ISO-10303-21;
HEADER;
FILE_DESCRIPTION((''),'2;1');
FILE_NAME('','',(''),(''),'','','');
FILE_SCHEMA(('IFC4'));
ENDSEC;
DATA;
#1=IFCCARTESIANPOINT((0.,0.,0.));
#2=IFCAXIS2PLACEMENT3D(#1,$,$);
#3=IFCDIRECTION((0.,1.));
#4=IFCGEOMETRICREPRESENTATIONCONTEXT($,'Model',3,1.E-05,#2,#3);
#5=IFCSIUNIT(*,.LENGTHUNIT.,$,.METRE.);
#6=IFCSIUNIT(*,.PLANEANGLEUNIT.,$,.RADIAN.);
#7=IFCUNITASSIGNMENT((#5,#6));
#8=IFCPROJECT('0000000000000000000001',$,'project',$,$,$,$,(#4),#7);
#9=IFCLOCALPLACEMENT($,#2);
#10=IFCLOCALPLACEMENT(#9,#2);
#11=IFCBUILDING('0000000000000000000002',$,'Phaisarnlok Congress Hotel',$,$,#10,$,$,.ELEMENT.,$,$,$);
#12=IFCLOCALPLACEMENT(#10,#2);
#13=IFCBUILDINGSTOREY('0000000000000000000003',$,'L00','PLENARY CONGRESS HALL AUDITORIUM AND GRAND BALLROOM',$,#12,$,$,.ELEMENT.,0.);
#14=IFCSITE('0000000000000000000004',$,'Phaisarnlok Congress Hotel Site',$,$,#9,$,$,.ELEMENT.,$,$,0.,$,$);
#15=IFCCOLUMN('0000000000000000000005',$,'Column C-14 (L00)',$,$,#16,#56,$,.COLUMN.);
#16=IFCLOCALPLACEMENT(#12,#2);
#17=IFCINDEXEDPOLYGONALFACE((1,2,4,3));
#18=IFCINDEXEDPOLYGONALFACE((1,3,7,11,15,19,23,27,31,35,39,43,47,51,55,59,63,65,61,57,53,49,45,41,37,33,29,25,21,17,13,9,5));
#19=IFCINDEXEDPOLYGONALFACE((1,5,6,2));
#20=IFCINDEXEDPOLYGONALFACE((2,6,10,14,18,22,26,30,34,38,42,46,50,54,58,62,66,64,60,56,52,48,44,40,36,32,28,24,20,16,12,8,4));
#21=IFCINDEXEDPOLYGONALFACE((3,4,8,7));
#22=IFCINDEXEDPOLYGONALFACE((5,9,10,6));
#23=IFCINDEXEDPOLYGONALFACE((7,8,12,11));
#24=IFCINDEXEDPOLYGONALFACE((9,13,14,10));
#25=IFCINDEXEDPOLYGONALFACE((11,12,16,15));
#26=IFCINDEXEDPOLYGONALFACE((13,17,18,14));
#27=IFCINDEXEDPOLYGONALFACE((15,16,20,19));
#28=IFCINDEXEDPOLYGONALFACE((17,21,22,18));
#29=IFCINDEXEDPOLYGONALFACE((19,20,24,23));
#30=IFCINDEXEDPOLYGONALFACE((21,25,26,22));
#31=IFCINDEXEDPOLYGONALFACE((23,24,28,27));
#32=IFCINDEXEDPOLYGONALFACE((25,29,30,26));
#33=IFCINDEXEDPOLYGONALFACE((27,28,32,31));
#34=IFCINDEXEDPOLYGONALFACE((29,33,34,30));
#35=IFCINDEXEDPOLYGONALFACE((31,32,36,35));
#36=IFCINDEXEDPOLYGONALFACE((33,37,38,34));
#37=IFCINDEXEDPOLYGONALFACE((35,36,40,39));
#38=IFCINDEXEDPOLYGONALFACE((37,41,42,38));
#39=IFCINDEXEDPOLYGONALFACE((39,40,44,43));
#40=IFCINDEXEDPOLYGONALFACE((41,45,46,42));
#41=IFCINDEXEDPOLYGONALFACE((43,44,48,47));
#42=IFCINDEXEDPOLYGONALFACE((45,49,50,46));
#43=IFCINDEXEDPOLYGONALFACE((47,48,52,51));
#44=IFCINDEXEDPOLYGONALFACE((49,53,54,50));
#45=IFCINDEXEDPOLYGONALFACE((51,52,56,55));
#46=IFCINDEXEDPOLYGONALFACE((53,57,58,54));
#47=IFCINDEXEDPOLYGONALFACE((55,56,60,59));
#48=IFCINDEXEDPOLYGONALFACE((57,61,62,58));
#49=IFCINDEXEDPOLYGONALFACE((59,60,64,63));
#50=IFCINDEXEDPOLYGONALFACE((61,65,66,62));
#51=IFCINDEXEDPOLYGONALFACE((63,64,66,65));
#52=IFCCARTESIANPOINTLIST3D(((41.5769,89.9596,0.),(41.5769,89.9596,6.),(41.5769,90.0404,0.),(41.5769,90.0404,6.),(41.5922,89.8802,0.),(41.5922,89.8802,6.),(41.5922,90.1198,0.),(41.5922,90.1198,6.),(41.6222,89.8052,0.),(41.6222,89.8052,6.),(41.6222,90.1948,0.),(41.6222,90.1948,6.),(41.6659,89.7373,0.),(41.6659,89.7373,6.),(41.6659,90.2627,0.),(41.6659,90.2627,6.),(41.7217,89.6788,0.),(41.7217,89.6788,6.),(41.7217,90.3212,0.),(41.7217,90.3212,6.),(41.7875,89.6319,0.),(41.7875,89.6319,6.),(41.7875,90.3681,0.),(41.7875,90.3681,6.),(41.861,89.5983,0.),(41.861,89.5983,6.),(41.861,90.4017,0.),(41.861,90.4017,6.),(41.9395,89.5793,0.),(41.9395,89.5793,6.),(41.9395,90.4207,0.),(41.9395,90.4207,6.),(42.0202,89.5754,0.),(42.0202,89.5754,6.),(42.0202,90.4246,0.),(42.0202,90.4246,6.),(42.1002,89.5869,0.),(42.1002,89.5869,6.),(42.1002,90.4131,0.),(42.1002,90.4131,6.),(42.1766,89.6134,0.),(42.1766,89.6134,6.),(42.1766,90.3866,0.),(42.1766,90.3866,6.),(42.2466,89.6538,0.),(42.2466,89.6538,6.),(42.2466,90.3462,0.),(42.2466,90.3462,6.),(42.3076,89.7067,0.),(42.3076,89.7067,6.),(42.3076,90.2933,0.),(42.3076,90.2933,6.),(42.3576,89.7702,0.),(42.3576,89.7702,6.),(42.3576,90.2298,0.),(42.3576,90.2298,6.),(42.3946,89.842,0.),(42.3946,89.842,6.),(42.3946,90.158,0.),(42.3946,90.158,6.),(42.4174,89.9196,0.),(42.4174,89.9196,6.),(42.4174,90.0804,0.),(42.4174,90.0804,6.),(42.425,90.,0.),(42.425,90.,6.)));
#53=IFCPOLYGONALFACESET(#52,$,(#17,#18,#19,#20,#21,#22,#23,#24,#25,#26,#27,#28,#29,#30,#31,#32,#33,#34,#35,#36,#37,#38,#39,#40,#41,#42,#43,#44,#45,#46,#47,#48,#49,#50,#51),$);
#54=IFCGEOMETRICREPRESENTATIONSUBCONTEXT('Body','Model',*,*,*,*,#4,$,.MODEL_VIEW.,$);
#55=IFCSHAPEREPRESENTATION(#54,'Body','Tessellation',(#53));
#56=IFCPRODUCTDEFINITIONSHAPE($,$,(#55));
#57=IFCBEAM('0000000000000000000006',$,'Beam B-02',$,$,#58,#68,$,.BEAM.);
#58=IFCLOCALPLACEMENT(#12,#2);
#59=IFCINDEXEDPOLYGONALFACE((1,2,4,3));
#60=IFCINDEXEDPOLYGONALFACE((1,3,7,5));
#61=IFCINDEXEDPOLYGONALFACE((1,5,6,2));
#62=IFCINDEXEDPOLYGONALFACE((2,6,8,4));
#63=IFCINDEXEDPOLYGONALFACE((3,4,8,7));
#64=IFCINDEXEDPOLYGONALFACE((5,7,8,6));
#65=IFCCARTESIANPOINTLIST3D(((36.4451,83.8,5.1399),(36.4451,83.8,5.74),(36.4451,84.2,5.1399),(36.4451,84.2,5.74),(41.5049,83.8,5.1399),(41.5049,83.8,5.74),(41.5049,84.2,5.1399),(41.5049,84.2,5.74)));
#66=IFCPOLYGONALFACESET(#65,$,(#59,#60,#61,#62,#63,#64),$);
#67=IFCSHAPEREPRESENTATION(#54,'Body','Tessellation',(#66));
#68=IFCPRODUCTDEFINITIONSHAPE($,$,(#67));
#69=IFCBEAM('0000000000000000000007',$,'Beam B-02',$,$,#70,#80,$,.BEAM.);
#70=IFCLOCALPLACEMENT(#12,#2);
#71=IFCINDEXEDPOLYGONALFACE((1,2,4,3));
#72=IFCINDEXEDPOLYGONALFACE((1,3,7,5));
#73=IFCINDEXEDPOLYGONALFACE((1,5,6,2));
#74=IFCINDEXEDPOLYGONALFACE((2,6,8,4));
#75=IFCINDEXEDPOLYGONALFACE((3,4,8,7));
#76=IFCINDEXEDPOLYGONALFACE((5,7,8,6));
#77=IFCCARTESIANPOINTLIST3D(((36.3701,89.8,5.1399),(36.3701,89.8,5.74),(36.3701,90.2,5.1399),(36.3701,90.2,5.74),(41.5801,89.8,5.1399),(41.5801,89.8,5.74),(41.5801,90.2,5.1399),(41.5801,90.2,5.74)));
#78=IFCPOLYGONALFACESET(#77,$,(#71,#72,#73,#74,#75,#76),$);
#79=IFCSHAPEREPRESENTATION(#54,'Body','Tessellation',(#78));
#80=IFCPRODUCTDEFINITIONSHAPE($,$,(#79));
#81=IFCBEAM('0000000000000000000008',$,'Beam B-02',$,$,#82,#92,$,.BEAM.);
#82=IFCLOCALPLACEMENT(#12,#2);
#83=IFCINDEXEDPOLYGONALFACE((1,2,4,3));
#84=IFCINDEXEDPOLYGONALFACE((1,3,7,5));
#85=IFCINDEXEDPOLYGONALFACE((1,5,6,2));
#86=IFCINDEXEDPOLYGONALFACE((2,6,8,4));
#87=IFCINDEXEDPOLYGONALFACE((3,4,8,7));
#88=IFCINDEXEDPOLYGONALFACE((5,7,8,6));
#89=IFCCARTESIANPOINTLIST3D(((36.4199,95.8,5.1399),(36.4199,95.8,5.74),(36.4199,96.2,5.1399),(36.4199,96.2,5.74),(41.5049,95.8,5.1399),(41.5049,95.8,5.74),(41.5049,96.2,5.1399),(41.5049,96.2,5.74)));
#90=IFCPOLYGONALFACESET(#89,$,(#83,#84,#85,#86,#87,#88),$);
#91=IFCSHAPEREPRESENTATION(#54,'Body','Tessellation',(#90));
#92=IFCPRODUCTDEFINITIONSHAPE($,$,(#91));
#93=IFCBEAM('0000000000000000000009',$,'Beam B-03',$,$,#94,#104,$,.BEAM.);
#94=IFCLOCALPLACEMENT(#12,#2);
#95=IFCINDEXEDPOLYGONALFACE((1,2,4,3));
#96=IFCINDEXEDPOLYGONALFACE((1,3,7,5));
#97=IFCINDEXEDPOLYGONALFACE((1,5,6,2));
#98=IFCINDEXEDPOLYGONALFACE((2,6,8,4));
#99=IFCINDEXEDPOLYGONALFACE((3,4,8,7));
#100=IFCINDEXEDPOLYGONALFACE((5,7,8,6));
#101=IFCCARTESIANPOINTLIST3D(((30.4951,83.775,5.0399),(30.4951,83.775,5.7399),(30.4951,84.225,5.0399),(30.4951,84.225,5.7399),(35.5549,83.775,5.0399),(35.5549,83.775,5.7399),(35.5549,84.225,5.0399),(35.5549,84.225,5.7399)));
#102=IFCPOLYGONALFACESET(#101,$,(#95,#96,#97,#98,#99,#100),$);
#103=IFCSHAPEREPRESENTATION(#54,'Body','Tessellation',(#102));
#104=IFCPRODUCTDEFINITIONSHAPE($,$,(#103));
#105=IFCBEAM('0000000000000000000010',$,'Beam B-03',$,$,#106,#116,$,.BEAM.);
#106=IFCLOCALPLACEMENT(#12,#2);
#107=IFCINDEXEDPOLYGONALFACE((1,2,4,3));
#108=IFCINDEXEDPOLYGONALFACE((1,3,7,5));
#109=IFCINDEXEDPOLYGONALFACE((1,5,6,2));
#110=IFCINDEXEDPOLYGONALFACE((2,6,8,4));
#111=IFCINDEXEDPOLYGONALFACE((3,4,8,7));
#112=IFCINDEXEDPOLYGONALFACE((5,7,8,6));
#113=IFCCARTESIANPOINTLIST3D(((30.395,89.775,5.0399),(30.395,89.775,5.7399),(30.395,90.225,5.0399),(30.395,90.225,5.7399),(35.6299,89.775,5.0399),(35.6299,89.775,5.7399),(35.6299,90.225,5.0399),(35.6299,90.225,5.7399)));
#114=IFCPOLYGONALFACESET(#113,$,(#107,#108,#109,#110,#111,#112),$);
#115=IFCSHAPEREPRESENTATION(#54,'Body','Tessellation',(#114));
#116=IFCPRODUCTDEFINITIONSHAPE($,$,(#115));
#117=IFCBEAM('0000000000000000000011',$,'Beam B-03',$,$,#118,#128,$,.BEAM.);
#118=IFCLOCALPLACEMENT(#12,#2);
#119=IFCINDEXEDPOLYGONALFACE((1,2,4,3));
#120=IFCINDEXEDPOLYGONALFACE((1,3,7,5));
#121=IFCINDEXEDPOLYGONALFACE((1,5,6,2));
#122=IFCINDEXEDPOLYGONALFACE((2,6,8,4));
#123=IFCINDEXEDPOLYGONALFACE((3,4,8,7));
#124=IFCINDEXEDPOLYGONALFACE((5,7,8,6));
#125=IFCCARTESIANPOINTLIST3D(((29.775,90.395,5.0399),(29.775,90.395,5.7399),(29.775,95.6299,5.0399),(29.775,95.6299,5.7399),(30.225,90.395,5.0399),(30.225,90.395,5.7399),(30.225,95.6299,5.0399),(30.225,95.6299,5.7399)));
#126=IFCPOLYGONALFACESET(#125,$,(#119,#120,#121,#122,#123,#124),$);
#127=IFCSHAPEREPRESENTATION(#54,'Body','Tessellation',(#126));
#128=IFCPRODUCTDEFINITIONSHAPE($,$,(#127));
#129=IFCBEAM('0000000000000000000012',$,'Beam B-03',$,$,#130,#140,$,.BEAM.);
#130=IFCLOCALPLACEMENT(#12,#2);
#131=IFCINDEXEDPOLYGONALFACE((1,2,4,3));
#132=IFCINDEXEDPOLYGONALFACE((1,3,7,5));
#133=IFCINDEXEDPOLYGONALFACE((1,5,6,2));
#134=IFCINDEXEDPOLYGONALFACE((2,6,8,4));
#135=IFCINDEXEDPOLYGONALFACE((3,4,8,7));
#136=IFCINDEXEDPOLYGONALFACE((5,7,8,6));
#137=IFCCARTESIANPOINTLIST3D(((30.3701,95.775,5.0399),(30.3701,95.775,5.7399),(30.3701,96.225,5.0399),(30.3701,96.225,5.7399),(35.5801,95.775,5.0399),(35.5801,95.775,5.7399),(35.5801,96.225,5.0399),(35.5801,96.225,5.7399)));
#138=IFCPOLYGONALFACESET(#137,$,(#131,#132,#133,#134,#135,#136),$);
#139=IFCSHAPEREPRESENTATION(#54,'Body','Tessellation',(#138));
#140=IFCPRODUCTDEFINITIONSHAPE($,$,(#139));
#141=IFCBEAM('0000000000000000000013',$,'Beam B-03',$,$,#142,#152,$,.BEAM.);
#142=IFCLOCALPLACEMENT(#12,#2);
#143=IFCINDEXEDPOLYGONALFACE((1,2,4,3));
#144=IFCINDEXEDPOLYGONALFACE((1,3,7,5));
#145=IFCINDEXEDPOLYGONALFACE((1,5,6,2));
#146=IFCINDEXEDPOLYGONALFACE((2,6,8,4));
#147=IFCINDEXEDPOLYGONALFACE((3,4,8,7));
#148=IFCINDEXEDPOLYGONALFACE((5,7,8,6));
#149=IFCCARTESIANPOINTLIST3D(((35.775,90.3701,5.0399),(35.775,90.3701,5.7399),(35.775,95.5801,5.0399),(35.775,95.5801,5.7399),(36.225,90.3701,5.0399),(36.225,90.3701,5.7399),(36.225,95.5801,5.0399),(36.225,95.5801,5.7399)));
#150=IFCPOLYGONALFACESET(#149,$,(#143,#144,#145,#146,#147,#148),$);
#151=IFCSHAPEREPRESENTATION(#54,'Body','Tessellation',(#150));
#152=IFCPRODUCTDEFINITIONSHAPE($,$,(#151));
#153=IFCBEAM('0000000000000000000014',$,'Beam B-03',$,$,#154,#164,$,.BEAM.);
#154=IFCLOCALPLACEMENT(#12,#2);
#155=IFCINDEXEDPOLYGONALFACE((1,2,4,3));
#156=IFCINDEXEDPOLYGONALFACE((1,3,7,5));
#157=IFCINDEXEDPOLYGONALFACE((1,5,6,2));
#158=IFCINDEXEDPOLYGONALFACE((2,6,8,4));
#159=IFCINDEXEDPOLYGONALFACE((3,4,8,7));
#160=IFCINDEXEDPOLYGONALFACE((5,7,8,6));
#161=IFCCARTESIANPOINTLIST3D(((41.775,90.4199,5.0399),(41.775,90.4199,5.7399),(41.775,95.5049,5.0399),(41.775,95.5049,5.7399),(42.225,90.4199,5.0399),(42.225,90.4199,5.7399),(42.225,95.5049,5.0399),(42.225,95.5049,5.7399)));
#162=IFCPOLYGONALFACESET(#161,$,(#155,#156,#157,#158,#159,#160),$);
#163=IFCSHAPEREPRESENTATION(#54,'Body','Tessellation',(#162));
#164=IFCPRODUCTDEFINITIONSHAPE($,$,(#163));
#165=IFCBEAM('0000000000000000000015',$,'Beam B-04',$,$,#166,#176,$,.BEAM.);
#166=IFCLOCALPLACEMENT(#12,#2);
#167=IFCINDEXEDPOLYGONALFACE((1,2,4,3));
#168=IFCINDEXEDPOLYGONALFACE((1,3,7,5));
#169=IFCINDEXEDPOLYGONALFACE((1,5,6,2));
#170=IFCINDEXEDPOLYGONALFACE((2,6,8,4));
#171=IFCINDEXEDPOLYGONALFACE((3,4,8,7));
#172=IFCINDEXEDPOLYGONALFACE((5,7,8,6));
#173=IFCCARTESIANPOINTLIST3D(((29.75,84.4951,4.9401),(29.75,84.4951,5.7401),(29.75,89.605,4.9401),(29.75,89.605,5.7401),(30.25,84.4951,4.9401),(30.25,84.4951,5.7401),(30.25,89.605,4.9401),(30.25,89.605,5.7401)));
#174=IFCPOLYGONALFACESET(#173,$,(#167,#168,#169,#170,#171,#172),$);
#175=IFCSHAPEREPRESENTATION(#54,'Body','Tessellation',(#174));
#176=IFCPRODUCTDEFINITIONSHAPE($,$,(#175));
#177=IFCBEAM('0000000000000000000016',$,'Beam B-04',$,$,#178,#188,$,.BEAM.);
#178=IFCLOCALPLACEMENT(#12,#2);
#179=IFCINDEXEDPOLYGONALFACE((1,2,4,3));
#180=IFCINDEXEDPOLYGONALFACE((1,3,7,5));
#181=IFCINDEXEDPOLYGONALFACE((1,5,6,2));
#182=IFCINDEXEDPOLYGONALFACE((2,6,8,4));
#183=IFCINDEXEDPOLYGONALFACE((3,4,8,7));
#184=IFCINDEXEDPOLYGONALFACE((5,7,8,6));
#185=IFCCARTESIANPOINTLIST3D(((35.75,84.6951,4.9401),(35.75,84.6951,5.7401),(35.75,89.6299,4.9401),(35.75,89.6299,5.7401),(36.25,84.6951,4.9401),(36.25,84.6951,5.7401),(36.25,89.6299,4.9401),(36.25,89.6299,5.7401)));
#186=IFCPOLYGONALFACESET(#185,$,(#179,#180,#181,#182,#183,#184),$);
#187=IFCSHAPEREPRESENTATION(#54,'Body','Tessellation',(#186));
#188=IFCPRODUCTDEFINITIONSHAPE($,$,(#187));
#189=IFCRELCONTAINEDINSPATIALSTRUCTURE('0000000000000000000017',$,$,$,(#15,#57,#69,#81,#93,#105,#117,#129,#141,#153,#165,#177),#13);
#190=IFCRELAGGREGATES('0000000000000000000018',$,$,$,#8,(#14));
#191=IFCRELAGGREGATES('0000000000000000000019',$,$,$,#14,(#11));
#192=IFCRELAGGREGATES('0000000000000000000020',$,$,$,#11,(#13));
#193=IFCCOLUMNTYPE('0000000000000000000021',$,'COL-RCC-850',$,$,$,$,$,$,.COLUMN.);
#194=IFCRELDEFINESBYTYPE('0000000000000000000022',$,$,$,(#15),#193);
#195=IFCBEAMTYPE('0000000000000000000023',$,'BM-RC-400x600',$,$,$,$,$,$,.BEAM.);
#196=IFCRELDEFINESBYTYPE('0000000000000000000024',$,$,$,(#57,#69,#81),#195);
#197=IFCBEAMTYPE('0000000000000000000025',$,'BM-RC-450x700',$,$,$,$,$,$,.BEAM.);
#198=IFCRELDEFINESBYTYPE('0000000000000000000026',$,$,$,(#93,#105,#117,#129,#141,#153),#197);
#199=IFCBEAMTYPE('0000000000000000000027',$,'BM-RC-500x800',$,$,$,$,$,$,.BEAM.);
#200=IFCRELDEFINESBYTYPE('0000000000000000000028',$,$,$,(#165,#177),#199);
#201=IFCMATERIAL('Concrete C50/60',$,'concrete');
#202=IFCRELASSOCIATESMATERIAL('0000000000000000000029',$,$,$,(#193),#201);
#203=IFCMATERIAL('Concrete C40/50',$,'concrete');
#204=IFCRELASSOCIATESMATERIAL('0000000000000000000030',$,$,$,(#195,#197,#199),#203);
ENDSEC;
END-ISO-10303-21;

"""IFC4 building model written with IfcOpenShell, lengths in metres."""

from ifc_helpers import new_model, si_unit, direction, frame, origin, origin_2d, place, context, subcontext, project, spatial, rectangle, circle, extrude, material, material_profile, profile_set, type_object, element, save


model = new_model("IFC4")

# Units and contexts
model_context = context("Model", 3, precision=1e-05, world=origin(), true_north=direction((0.0, 1.0)))
body_context = subcontext(model_context, "Body", "Model", "MODEL_VIEW")
ifc_project = project(units=[si_unit("LENGTHUNIT", "METRE"), si_unit("PLANEANGLEUNIT", "RADIAN")], contexts=[model_context])

# Site, building, storey
site_placement = place(None, origin())
site = spatial("IfcSite", under=ifc_project, at=site_placement, Name="Phaisarnlok Congress Hotel Site", CompositionType="ELEMENT", RefElevation=0.0)
building_placement = place(site_placement, origin())
building = spatial("IfcBuilding", under=site, at=building_placement, Name="Phaisarnlok Congress Hotel", CompositionType="ELEMENT")
storey_placement = place(building_placement, origin())
storey = spatial("IfcBuildingStorey", under=building, at=storey_placement, Name="L00", Description="PLENARY CONGRESS HALL AUDITORIUM AND GRAND BALLROOM", CompositionType="ELEMENT", Elevation=0.0)

# Column
ifc_material_1 = material(Name="Concrete C50/60", Category="concrete")
ifc_material_profile_1 = material_profile(ifc_material_1, circle(Radius=0.425, at=origin_2d()), Name="RCC D850")
ifc_profile_set_1 = profile_set([ifc_material_profile_1], Name="Concrete C50/60")
column_type_1 = type_object("IfcColumnType", Name="COL-RCC-850", PredefinedType="COLUMN", material=ifc_profile_set_1)
for number, where, z_axis, x_axis, name in (
    (1, (42.0, 90.0, 0.0), (0.0, 0.0, 1.0), (1.0, 0.0, 0.0), "Column C-14 (L00)"),
):
    element("IfcColumn", number, at=place(storey_placement, frame(where, z_axis=z_axis, x_axis=x_axis)), inside=storey, type_object=column_type_1, Name=name, PredefinedType="COLUMN", context=body_context, shape_type="SweptSolid", body=[
        extrude(circle(Radius=0.425, at=origin_2d()), origin(), (0.0, 0.0, 1.0), 6.0),
    ])

# Beams
ifc_material_2 = material(Name="Concrete C40/50", Category="concrete")
ifc_material_profile_2 = material_profile(ifc_material_2, rectangle(XDim=0.3999, YDim=0.6001, at=origin_2d()), Name="RC 400x600")
ifc_profile_set_2 = profile_set([ifc_material_profile_2], Name="Concrete C40/50")
beam_type_1 = type_object("IfcBeamType", Name="BM-RC-400x600", PredefinedType="BEAM", material=ifc_profile_set_2)
beam_1_placement = place(storey_placement, frame((36.4451, 84.0, 5.4399), z_axis=(1.0, 0.0, 0.0), x_axis=(0.0, 1.0, 0.0)))
element("IfcBeam", 2, at=beam_1_placement, inside=storey, type_object=beam_type_1, Name="Beam B-02", PredefinedType="BEAM", context=body_context, shape_type="SweptSolid", body=[
    extrude(rectangle(XDim=0.3999, YDim=0.6001, at=origin_2d()), origin(), (0.0, 0.0, 1.0), 5.0598),
])
beam_2_placement = place(storey_placement, frame((36.3701, 90.0, 5.4399), z_axis=(1.0, 0.0, 0.0), x_axis=(0.0, 1.0, 0.0)))
element("IfcBeam", 3, at=beam_2_placement, inside=storey, type_object=beam_type_1, Name="Beam B-02", PredefinedType="BEAM", context=body_context, shape_type="SweptSolid", body=[
    extrude(rectangle(XDim=0.3999, YDim=0.6001, at=origin_2d()), origin(), (0.0, 0.0, 1.0), 5.21),
])
beam_3_placement = place(storey_placement, frame((36.4199, 96.0, 5.4399), z_axis=(1.0, 0.0, 0.0), x_axis=(0.0, 1.0, 0.0)))
element("IfcBeam", 4, at=beam_3_placement, inside=storey, type_object=beam_type_1, Name="Beam B-02", PredefinedType="BEAM", context=body_context, shape_type="SweptSolid", body=[
    extrude(rectangle(XDim=0.3999, YDim=0.6001, at=origin_2d()), origin(), (0.0, 0.0, 1.0), 5.085),
])
ifc_material_profile_3 = material_profile(ifc_material_2, rectangle(XDim=0.45, YDim=0.7, at=origin_2d()), Name="RC 450x700")
ifc_profile_set_3 = profile_set([ifc_material_profile_3], Name="Concrete C40/50")
beam_type_2 = type_object("IfcBeamType", Name="BM-RC-450x700", PredefinedType="BEAM", material=ifc_profile_set_3)
beam_4_placement = place(storey_placement, frame((30.4951, 84.0, 5.3899), z_axis=(1.0, 0.0, 0.0), x_axis=(0.0, 1.0, 0.0)))
element("IfcBeam", 5, at=beam_4_placement, inside=storey, type_object=beam_type_2, Name="Beam B-03", PredefinedType="BEAM", context=body_context, shape_type="SweptSolid", body=[
    extrude(rectangle(XDim=0.45, YDim=0.7, at=origin_2d()), origin(), (0.0, 0.0, 1.0), 5.0598),
])
for number, where, z_axis, x_axis, name in (
    (6, (30.395, 90.0, 5.3899), (1.0, 0.0, 0.0), (0.0, 1.0, 0.0), "Beam B-03"),
    (7, (30.0, 90.395, 5.3899), (0.0, 1.0, 0.0), (-1.0, 0.0, 0.0), "Beam B-03"),
):
    element("IfcBeam", number, at=place(storey_placement, frame(where, z_axis=z_axis, x_axis=x_axis)), inside=storey, type_object=beam_type_2, Name=name, PredefinedType="BEAM", context=body_context, shape_type="SweptSolid", body=[
        extrude(rectangle(XDim=0.45, YDim=0.7, at=origin_2d()), origin(), (0.0, 0.0, 1.0), 5.2349),
    ])
for number, where, z_axis, x_axis, name in (
    (8, (30.3701, 96.0, 5.3899), (1.0, 0.0, 0.0), (0.0, 1.0, 0.0), "Beam B-03"),
    (9, (36.0, 90.3701, 5.3899), (0.0, 1.0, 0.0), (-1.0, 0.0, 0.0), "Beam B-03"),
):
    element("IfcBeam", number, at=place(storey_placement, frame(where, z_axis=z_axis, x_axis=x_axis)), inside=storey, type_object=beam_type_2, Name=name, PredefinedType="BEAM", context=body_context, shape_type="SweptSolid", body=[
        extrude(rectangle(XDim=0.45, YDim=0.7, at=origin_2d()), origin(), (0.0, 0.0, 1.0), 5.21),
    ])
beam_5_placement = place(storey_placement, frame((42.0, 90.4199, 5.3899), z_axis=(0.0, 1.0, 0.0), x_axis=(-1.0, 0.0, 0.0)))
element("IfcBeam", 10, at=beam_5_placement, inside=storey, type_object=beam_type_2, Name="Beam B-03", PredefinedType="BEAM", context=body_context, shape_type="SweptSolid", body=[
    extrude(rectangle(XDim=0.45, YDim=0.7, at=origin_2d()), origin(), (0.0, 0.0, 1.0), 5.085),
])
ifc_material_profile_4 = material_profile(ifc_material_2, rectangle(XDim=0.5, YDim=0.8, at=origin_2d()), Name="RC 500x800")
ifc_profile_set_4 = profile_set([ifc_material_profile_4], Name="Concrete C40/50")
beam_type_3 = type_object("IfcBeamType", Name="BM-RC-500x800", PredefinedType="BEAM", material=ifc_profile_set_4)
beam_6_placement = place(storey_placement, frame((30.0, 84.4951, 5.3401), z_axis=(0.0, 1.0, 0.0), x_axis=(-1.0, 0.0, 0.0)))
element("IfcBeam", 11, at=beam_6_placement, inside=storey, type_object=beam_type_3, Name="Beam B-04", PredefinedType="BEAM", context=body_context, shape_type="SweptSolid", body=[
    extrude(rectangle(XDim=0.5, YDim=0.8, at=origin_2d()), origin(), (0.0, 0.0, 1.0), 5.1099),
])
beam_7_placement = place(storey_placement, frame((36.0, 84.6951, 5.3401), z_axis=(0.0, 1.0, 0.0), x_axis=(-1.0, 0.0, 0.0)))
element("IfcBeam", 12, at=beam_7_placement, inside=storey, type_object=beam_type_3, Name="Beam B-04", PredefinedType="BEAM", context=body_context, shape_type="SweptSolid", body=[
    extrude(rectangle(XDim=0.5, YDim=0.8, at=origin_2d()), origin(), (0.0, 0.0, 1.0), 4.9348),
])

save(model, "model.ifc")
